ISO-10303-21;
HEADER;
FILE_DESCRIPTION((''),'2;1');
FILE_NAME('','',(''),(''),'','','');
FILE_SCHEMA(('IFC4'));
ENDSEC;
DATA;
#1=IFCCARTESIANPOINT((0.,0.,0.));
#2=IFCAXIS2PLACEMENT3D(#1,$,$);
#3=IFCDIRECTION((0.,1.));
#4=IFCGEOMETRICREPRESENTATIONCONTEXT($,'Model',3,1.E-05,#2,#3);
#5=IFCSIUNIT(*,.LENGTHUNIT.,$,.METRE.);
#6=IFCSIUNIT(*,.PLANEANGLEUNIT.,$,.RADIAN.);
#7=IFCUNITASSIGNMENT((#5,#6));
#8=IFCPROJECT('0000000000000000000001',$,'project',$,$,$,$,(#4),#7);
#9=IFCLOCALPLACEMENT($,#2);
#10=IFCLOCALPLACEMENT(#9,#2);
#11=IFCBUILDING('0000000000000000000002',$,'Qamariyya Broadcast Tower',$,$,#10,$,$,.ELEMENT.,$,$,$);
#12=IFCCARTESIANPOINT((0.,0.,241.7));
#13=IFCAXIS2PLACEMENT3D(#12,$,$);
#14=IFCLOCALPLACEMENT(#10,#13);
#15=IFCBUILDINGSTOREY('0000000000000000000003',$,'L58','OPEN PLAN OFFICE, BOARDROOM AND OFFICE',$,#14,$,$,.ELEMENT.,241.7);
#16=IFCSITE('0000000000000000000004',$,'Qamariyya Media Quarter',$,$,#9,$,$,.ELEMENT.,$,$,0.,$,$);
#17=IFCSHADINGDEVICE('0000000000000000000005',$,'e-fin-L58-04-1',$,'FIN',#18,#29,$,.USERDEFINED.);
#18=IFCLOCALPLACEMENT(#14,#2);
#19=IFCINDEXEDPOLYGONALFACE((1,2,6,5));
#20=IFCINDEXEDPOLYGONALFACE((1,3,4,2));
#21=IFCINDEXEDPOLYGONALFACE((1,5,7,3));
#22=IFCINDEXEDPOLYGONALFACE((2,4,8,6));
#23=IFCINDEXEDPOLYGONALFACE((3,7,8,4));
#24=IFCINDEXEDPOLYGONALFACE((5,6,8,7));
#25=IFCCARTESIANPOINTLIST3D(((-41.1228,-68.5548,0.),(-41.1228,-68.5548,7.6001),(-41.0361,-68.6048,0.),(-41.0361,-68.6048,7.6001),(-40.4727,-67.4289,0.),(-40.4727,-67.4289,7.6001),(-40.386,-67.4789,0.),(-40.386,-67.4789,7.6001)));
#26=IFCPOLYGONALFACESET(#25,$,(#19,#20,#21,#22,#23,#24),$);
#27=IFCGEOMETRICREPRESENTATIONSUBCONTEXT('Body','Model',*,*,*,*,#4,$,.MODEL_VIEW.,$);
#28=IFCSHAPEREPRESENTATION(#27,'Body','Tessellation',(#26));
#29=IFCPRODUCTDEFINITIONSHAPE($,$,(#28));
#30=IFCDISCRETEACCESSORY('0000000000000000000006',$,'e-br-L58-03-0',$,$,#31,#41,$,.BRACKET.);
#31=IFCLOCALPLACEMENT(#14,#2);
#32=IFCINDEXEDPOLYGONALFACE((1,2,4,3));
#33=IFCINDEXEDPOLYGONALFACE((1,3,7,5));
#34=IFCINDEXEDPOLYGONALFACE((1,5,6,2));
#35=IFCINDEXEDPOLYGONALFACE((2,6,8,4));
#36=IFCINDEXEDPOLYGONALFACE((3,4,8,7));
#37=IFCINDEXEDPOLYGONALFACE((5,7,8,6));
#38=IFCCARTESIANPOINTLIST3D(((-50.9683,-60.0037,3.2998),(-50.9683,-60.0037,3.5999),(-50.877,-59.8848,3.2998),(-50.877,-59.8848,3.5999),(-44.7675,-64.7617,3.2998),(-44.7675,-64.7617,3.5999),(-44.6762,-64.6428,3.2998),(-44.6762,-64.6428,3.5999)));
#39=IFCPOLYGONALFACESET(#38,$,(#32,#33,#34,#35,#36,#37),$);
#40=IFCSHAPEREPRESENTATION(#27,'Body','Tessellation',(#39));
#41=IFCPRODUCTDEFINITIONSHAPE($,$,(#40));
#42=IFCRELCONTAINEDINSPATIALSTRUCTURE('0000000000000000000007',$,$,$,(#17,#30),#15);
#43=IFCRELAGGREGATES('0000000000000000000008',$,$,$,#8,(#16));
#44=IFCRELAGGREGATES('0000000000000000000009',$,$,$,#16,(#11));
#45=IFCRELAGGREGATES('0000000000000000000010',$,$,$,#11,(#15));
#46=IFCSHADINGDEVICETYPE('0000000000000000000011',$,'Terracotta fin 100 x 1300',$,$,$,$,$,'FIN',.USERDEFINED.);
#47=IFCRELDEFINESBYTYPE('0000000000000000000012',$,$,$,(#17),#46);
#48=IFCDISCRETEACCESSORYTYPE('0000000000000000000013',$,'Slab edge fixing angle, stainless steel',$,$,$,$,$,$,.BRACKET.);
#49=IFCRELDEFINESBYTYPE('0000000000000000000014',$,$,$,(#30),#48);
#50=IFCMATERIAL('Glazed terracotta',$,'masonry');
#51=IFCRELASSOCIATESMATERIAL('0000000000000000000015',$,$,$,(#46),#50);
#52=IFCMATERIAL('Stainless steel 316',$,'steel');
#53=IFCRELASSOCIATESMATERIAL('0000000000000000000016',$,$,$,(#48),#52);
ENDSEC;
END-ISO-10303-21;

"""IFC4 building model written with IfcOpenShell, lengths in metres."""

from ifc_helpers import new_model, si_unit, direction, frame, origin, origin_2d, place, context, subcontext, project, spatial, rectangle, extrude, material, material_profile, profile_set, type_object, element, save


model = new_model("IFC4")

# Units and contexts
model_context = context("Model", 3, precision=1e-05, world=origin(), true_north=direction((0.0, 1.0)))
body_context = subcontext(model_context, "Body", "Model", "MODEL_VIEW")
ifc_project = project(units=[si_unit("LENGTHUNIT", "METRE"), si_unit("PLANEANGLEUNIT", "RADIAN")], contexts=[model_context])

# Site, building, storey
site_placement = place(None, origin())
site = spatial("IfcSite", under=ifc_project, at=site_placement, Name="Qamariyya Media Quarter", CompositionType="ELEMENT", RefElevation=0.0)
building_placement = place(site_placement, origin())
building = spatial("IfcBuilding", under=site, at=building_placement, Name="Qamariyya Broadcast Tower", CompositionType="ELEMENT")
storey_placement = place(building_placement, frame((0.0, 0.0, 241.7)))
storey = spatial("IfcBuildingStorey", under=building, at=storey_placement, Name="L58", Description="OPEN PLAN OFFICE, BOARDROOM AND OFFICE", CompositionType="ELEMENT", Elevation=241.7)

# Shading device
ifc_material_1 = material(Name="Glazed terracotta", Category="masonry")
ifc_material_profile_1 = material_profile(ifc_material_1, rectangle(XDim=1.3, YDim=0.1001, at=origin_2d()))
ifc_profile_set_1 = profile_set([ifc_material_profile_1], Name="Glazed terracotta")
shading_device_type_1 = type_object("IfcShadingDeviceType", Name="Terracotta fin 100 x 1300", ElementType="FIN", PredefinedType="USERDEFINED", material=ifc_profile_set_1)
for number, where, z_axis, x_axis, name in (
    (1, (-40.7544, -68.0168, 0.0), (0.0, 0.0, 1.0), (-0.5, -0.866025, 0.0), "e-fin-L58-04-1"),
):
    element("IfcShadingDevice", number, at=place(storey_placement, frame(where, z_axis=z_axis, x_axis=x_axis)), inside=storey, type_object=shading_device_type_1, Name=name, ObjectType="FIN", PredefinedType="USERDEFINED", context=body_context, shape_type="SweptSolid", body=[
        extrude(rectangle(XDim=1.3, YDim=0.1001, at=origin_2d()), origin(), (0.0, 0.0, 1.0), 7.6001),
    ])

# Discrete accessory
ifc_material_2 = material(Name="Stainless steel 316", Category="steel")
discrete_accessory_type = type_object("IfcDiscreteAccessoryType", Name="Slab edge fixing angle, stainless steel", PredefinedType="BRACKET", material=ifc_material_2)
discrete_accessory_placement = place(storey_placement, frame((-47.8223, -62.3232, 3.2998), z_axis=(0.0, 0.0, 1.0), x_axis=(0.793353, -0.608761, 0.0)))
element("IfcDiscreteAccessory", 2, at=discrete_accessory_placement, inside=storey, type_object=discrete_accessory_type, Name="e-br-L58-03-0", PredefinedType="BRACKET", context=body_context, shape_type="SweptSolid", body=[
    extrude(rectangle(XDim=7.8159, YDim=0.1499, at=origin_2d()), origin(), (0.0, 0.0, 1.0), 0.3),
])

save(model, "model.ifc")
